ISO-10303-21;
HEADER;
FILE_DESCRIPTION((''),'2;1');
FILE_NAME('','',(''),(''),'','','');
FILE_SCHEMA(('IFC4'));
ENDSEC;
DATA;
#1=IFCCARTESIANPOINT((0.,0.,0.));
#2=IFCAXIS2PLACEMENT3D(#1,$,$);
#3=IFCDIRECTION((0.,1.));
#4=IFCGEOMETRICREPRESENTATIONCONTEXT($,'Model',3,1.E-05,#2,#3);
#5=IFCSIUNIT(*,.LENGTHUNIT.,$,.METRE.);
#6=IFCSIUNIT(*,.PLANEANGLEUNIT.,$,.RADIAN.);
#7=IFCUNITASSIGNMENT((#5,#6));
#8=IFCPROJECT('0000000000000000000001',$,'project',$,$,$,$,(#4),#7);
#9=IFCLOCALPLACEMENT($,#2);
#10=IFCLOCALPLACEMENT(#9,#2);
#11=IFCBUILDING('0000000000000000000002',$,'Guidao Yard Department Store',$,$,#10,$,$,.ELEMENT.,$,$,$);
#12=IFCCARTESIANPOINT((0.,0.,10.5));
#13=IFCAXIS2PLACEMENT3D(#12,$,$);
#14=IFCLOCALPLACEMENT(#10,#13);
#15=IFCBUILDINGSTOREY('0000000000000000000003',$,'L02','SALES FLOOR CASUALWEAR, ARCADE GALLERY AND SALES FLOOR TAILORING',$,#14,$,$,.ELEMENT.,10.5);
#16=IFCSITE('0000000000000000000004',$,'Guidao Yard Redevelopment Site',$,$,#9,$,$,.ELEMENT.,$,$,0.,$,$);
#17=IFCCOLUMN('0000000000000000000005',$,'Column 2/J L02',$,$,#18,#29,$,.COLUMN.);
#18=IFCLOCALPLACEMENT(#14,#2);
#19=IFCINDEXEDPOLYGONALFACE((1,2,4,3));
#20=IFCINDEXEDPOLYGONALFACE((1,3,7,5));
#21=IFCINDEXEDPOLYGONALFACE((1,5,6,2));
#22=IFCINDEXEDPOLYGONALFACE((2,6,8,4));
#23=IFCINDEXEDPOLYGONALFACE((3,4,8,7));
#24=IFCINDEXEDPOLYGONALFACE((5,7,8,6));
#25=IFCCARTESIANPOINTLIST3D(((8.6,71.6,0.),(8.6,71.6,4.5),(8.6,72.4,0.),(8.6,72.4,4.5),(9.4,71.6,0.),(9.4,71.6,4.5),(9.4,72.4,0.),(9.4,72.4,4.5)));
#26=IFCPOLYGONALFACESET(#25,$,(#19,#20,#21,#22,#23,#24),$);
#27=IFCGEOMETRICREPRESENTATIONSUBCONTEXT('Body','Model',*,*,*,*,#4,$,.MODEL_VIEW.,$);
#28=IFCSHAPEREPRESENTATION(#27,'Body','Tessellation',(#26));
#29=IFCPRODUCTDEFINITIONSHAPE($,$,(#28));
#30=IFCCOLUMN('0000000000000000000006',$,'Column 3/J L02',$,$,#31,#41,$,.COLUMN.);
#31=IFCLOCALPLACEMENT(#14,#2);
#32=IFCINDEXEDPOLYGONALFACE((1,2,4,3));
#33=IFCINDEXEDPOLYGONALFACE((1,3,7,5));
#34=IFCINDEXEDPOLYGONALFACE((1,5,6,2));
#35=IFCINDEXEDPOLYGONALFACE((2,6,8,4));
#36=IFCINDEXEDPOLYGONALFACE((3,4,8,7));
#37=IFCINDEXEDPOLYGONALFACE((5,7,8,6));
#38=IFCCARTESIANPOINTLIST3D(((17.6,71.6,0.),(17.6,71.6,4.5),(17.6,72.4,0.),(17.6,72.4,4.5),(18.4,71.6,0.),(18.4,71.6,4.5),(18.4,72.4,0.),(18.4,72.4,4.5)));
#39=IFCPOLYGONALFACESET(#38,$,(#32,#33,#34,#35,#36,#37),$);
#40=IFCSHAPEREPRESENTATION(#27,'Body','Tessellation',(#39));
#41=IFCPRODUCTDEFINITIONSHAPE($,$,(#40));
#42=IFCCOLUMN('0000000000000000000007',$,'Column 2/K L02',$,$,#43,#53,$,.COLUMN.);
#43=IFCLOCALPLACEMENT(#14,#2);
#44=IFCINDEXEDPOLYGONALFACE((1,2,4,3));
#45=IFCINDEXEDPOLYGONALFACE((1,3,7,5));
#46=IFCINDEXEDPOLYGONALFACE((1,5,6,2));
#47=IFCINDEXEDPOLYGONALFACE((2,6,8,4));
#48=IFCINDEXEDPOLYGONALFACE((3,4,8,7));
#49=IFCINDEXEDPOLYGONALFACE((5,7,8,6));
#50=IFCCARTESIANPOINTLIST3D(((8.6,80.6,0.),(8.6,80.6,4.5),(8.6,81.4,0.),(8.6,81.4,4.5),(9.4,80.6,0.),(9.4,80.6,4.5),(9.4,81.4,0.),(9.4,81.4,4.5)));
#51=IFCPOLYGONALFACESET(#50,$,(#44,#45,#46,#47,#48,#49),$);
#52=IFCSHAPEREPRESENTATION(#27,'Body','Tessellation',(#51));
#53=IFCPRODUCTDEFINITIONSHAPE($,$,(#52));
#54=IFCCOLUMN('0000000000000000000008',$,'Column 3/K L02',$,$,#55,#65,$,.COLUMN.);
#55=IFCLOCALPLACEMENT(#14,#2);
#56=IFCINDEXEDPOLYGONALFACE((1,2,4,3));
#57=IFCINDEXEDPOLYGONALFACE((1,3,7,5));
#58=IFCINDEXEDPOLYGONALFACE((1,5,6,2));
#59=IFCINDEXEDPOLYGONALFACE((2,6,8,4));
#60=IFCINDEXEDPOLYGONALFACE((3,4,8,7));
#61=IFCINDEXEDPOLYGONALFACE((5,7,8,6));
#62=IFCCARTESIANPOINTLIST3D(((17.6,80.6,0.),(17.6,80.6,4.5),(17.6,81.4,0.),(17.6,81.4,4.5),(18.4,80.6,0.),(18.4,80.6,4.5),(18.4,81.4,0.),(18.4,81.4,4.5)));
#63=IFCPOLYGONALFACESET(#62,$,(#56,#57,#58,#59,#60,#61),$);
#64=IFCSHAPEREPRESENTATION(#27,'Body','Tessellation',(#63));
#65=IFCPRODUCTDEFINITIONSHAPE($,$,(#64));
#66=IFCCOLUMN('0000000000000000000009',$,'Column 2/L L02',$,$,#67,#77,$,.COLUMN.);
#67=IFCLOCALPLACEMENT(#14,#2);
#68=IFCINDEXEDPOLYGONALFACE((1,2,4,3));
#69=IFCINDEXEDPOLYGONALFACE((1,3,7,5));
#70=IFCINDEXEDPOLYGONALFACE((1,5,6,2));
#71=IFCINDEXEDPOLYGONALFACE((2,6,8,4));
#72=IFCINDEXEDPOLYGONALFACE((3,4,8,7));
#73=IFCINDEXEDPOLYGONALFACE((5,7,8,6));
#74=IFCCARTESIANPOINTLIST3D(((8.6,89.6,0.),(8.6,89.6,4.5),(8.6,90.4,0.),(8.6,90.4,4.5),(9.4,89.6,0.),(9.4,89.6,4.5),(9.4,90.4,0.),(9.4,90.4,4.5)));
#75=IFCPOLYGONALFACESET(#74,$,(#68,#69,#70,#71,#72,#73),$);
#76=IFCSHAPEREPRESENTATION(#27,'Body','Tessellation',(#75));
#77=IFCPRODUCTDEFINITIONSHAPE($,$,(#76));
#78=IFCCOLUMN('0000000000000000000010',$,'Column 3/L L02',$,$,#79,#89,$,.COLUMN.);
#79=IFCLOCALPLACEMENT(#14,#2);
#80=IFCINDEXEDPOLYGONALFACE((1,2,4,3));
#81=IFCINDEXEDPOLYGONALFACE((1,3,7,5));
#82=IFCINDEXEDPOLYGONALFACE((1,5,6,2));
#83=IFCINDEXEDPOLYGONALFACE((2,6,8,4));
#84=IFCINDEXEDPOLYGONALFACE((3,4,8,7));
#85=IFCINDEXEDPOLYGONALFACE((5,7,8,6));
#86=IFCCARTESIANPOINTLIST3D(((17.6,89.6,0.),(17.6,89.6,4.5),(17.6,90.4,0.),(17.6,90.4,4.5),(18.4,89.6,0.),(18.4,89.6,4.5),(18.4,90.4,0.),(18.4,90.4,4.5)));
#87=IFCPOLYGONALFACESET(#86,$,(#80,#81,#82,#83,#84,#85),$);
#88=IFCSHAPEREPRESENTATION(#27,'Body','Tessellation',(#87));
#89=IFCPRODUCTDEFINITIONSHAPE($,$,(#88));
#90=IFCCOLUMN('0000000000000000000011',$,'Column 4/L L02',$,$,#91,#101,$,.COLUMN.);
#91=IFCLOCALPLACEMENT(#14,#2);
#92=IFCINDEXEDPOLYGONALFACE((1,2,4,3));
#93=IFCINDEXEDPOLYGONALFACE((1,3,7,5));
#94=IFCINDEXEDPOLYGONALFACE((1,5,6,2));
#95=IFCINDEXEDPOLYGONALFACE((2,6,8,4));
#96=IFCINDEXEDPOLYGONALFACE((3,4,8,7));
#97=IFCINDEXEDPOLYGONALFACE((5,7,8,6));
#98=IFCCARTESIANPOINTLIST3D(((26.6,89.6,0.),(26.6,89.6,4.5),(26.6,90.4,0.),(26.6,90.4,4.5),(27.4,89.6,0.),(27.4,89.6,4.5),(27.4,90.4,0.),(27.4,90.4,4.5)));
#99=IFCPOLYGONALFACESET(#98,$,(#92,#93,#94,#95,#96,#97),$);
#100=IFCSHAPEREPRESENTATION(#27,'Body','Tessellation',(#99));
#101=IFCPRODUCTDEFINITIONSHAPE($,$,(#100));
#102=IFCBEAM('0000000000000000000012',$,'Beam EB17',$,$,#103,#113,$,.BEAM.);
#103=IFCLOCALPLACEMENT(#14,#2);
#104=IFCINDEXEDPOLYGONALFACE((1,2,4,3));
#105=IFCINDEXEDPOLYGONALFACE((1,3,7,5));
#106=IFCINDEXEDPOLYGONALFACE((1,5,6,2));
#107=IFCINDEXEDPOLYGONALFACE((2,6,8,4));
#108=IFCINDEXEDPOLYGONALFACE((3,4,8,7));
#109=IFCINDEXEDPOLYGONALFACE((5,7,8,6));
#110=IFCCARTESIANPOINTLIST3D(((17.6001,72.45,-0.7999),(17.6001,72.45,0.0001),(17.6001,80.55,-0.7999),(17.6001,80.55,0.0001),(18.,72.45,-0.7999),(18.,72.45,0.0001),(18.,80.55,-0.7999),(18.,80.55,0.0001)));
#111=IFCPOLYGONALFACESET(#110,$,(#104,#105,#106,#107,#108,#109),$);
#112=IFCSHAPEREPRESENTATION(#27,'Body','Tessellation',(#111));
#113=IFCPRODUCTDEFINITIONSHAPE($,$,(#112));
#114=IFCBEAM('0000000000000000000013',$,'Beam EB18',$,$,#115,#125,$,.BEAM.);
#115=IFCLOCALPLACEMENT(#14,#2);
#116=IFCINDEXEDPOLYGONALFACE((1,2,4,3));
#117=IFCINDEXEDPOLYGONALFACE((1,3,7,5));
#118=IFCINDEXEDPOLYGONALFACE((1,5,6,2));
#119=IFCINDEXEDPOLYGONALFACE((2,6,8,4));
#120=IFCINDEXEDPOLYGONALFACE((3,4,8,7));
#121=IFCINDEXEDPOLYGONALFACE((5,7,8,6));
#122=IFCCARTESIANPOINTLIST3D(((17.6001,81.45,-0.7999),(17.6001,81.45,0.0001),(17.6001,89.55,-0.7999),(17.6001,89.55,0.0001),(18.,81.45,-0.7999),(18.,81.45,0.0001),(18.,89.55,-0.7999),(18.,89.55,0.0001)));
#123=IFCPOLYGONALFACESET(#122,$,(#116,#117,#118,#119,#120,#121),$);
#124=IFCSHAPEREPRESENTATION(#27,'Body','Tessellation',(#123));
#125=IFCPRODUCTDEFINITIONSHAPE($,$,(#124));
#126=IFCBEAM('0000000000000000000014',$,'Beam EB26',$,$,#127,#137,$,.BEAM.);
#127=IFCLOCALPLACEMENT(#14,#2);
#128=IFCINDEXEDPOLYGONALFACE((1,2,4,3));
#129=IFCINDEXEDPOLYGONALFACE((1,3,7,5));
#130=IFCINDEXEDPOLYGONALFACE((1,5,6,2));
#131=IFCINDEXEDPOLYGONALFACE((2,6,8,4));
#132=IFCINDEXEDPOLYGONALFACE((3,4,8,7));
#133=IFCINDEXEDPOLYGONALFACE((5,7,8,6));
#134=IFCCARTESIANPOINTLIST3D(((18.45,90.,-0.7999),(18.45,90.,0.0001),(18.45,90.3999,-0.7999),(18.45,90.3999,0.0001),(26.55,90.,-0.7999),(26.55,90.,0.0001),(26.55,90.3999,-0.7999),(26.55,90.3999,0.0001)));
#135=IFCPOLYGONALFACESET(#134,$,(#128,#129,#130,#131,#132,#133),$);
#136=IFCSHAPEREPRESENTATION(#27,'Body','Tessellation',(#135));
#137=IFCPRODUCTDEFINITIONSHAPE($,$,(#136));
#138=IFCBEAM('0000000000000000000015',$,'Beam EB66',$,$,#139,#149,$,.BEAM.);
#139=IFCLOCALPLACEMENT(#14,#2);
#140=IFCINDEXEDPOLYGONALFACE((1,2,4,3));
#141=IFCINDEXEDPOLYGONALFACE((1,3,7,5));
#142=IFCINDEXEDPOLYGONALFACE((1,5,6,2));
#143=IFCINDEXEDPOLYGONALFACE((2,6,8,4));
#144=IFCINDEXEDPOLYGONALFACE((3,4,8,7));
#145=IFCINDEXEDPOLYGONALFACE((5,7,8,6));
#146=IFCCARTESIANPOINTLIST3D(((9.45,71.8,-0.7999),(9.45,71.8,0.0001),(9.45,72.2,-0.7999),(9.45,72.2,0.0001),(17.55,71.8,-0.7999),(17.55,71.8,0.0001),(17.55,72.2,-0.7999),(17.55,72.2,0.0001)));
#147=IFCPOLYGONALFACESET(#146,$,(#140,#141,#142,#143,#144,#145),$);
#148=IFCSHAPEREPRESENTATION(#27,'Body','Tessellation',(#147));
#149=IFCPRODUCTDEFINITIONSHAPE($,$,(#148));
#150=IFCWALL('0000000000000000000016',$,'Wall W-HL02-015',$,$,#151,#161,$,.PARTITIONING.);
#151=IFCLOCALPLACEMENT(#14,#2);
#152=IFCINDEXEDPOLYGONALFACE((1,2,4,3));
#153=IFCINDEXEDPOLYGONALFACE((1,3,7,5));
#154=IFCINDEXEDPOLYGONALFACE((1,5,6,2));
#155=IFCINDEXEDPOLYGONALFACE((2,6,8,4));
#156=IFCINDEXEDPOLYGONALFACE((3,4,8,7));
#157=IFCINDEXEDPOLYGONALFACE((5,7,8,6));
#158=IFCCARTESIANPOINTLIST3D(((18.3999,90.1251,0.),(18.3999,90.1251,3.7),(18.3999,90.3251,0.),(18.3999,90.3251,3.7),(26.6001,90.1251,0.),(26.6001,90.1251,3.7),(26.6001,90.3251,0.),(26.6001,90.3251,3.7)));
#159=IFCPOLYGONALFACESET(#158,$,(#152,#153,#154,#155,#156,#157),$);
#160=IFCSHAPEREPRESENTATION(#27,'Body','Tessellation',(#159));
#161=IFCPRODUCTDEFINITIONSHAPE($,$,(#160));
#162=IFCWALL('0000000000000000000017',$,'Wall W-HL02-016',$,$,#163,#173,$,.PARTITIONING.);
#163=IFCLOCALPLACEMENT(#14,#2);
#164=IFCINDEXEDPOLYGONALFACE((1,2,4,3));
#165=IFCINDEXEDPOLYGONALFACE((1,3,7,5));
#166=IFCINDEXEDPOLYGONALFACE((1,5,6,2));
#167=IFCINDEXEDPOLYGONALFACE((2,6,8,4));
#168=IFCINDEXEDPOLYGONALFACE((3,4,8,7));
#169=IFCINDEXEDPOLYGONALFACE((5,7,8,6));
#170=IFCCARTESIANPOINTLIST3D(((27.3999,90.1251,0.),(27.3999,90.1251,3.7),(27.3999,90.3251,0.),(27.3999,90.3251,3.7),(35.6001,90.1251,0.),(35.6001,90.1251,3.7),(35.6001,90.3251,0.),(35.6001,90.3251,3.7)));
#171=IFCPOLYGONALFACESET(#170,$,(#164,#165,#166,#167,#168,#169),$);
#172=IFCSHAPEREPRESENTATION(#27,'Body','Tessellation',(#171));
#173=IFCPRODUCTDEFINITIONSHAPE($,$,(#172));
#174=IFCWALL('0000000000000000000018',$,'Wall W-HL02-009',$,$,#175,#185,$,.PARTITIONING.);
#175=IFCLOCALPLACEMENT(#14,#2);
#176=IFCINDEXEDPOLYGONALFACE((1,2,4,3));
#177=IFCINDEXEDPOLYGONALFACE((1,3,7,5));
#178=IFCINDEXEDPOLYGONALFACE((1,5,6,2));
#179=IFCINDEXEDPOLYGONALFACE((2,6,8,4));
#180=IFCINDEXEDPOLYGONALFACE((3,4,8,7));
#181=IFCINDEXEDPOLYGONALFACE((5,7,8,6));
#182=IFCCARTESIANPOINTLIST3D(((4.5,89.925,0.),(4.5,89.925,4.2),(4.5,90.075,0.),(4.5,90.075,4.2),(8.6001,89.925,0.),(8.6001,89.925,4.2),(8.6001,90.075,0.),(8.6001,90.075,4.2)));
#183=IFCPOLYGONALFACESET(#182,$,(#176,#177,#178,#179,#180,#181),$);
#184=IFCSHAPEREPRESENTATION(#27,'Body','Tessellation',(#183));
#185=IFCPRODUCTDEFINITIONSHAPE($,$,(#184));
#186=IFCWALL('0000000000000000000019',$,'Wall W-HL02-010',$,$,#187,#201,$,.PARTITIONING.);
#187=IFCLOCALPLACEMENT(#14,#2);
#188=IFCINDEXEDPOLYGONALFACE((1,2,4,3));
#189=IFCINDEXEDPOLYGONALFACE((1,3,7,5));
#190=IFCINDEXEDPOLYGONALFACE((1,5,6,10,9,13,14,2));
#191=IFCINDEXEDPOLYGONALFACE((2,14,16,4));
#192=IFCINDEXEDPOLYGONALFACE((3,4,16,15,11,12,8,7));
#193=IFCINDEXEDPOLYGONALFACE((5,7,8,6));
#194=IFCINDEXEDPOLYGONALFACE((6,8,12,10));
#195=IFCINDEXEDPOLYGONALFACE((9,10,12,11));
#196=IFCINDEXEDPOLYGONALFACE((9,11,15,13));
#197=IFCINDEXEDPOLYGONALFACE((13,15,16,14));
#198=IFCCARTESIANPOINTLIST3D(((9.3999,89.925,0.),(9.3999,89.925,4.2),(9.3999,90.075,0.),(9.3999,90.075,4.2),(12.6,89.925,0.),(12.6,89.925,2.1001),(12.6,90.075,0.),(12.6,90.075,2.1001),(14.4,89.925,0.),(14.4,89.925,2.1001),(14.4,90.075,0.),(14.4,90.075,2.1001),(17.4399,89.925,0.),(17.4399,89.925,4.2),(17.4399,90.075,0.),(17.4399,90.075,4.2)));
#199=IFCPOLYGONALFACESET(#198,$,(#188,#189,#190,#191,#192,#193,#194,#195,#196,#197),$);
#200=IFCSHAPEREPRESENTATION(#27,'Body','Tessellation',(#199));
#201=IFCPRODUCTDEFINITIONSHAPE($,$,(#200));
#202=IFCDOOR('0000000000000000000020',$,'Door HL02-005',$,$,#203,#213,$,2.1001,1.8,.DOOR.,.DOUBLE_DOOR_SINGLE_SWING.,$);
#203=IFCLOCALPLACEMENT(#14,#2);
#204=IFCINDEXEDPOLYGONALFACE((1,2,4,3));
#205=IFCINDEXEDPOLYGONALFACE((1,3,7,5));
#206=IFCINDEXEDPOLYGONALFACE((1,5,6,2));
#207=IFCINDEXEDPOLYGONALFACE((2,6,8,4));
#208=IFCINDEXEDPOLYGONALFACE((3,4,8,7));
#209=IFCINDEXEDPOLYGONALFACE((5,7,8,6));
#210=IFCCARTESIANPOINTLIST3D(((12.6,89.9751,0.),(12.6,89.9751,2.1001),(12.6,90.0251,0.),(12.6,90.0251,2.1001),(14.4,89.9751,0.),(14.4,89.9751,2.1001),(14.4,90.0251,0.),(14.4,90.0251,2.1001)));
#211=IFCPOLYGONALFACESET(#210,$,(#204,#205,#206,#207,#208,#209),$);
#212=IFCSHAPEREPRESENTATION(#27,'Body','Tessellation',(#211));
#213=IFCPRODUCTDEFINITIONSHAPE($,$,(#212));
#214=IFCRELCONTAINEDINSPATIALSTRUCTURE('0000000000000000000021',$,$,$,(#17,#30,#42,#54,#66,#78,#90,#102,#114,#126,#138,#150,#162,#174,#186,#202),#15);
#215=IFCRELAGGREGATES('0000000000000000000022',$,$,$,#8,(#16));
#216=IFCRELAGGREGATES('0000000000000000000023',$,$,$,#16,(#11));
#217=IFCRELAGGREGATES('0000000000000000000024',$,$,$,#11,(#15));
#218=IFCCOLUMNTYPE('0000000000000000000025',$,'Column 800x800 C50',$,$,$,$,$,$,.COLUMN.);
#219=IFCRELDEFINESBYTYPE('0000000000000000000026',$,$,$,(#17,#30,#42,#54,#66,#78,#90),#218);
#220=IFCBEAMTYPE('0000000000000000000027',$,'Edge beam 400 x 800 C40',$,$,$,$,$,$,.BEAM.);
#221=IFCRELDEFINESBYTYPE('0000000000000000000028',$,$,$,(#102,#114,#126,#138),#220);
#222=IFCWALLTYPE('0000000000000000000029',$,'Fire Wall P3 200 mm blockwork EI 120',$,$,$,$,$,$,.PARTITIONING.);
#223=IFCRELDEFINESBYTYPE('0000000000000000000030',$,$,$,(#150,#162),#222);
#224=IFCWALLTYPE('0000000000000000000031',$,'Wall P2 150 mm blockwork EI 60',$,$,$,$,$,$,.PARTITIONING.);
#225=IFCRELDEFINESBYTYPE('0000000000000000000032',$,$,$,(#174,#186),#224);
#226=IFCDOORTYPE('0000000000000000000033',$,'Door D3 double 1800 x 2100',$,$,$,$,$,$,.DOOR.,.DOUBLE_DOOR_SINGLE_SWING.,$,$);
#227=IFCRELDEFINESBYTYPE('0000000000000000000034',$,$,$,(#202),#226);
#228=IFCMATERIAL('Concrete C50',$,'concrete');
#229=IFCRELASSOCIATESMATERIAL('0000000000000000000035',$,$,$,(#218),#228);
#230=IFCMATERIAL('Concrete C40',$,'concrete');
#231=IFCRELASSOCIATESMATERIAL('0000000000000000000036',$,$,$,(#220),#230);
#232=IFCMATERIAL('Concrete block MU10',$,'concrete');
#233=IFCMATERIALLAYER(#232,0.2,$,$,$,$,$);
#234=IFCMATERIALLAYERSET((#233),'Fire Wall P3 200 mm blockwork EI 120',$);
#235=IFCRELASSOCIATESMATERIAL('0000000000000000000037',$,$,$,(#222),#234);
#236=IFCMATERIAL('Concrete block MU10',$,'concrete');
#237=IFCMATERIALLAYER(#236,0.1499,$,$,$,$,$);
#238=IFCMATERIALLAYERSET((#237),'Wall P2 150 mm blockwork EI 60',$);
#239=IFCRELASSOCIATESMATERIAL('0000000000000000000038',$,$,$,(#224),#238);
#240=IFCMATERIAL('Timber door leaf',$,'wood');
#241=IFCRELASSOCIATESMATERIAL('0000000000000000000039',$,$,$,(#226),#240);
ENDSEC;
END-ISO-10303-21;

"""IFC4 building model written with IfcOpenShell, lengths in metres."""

from ifc_helpers import new_model, si_unit, direction, frame, frame_2d, origin, origin_2d, place, context, subcontext, project, spatial, rectangle, extrude, material, layer, layer_set, material_profile, profile_set, type_object, element, fill, save


model = new_model("IFC4")

# Units and contexts
model_context = context("Model", 3, precision=1e-05, world=origin(), true_north=direction((0.0, 1.0)))
body_context = subcontext(model_context, "Body", "Model", "MODEL_VIEW")
ifc_project = project(units=[si_unit("LENGTHUNIT", "METRE"), si_unit("PLANEANGLEUNIT", "RADIAN")], contexts=[model_context])

# Site, building, storey
site_placement = place(None, origin())
site = spatial("IfcSite", under=ifc_project, at=site_placement, Name="Guidao Yard Redevelopment Site", CompositionType="ELEMENT", RefElevation=0.0)
building_placement = place(site_placement, origin())
building = spatial("IfcBuilding", under=site, at=building_placement, Name="Guidao Yard Department Store", CompositionType="ELEMENT")
storey_placement = place(building_placement, frame((0.0, 0.0, 10.5)))
storey = spatial("IfcBuildingStorey", under=building, at=storey_placement, Name="L02", Description="SALES FLOOR CASUALWEAR, ARCADE GALLERY AND SALES FLOOR TAILORING", CompositionType="ELEMENT", Elevation=10.5)

# Columns
ifc_material_1 = material(Name="Concrete C50", Category="concrete")
ifc_material_profile_1 = material_profile(ifc_material_1, rectangle(XDim=0.8, YDim=0.8, at=origin_2d()), Name="COL 800x800")
ifc_profile_set_1 = profile_set([ifc_material_profile_1], Name="Concrete C50")
column_type = type_object("IfcColumnType", Name="Column 800x800 C50", PredefinedType="COLUMN", material=ifc_profile_set_1)
for number, where, z_axis, x_axis, name in (
    (1, (9.0, 72.0, 0.0), (0.0, 0.0, 1.0), (1.0, 0.0, 0.0), "Column 2/J L02"),
    (2, (18.0, 72.0, 0.0), (0.0, 0.0, 1.0), (1.0, 0.0, 0.0), "Column 3/J L02"),
    (3, (9.0, 81.0, 0.0), (0.0, 0.0, 1.0), (1.0, 0.0, 0.0), "Column 2/K L02"),
    (4, (18.0, 81.0, 0.0), (0.0, 0.0, 1.0), (1.0, 0.0, 0.0), "Column 3/K L02"),
    (5, (9.0, 90.0, 0.0), (0.0, 0.0, 1.0), (1.0, 0.0, 0.0), "Column 2/L L02"),
    (6, (18.0, 90.0, 0.0), (0.0, 0.0, 1.0), (1.0, 0.0, 0.0), "Column 3/L L02"),
    (7, (27.0, 90.0, 0.0), (0.0, 0.0, 1.0), (1.0, 0.0, 0.0), "Column 4/L L02"),
):
    element("IfcColumn", number, at=place(storey_placement, frame(where, z_axis=z_axis, x_axis=x_axis)), inside=storey, type_object=column_type, Name=name, PredefinedType="COLUMN", context=body_context, shape_type="SweptSolid", body=[
        extrude(rectangle(XDim=0.8, YDim=0.8, at=origin_2d()), origin(), (0.0, 0.0, 1.0), 4.5),
    ])

# Beams
ifc_material_2 = material(Name="Concrete C40", Category="concrete")
ifc_material_profile_2 = material_profile(ifc_material_2, rectangle(XDim=0.3999, YDim=0.8, at=origin_2d()), Name="Edge beam 400 x 800 C40")
ifc_profile_set_2 = profile_set([ifc_material_profile_2], Name="Concrete C40")
beam_type = type_object("IfcBeamType", Name="Edge beam 400 x 800 C40", PredefinedType="BEAM", material=ifc_profile_set_2)
for number, where, z_axis, x_axis, name in (
    (8, (17.8, 72.45, -0.3999), (0.0, 1.0, 0.0), (-1.0, 0.0, 0.0), "Beam EB17"),
    (9, (17.8, 81.45, -0.3999), (0.0, 1.0, 0.0), (-1.0, 0.0, 0.0), "Beam EB18"),
    (10, (18.45, 90.2, -0.3999), (1.0, 0.0, 0.0), (0.0, 1.0, 0.0), "Beam EB26"),
    (11, (9.45, 72.0, -0.3999), (1.0, 0.0, 0.0), (0.0, 1.0, 0.0), "Beam EB66"),
):
    element("IfcBeam", number, at=place(storey_placement, frame(where, z_axis=z_axis, x_axis=x_axis)), inside=storey, type_object=beam_type, Name=name, PredefinedType="BEAM", context=body_context, shape_type="SweptSolid", body=[
        extrude(rectangle(XDim=0.3999, YDim=0.8, at=origin_2d()), origin(), (0.0, 0.0, 1.0), 8.1001),
    ])

# Walls
ifc_material_3 = material(Name="Concrete block MU10", Category="concrete")
ifc_layer_1 = layer(ifc_material_3, 0.2)
ifc_layer_set_1 = layer_set([ifc_layer_1], Name="Fire Wall P3 200 mm blockwork EI 120")
wall_type_1 = type_object("IfcWallType", Name="Fire Wall P3 200 mm blockwork EI 120", PredefinedType="PARTITIONING", material=ifc_layer_set_1)
for number, where, z_axis, x_axis, name in (
    (12, (18.3999, 90.2251, 0.0), (0.0, 0.0, 1.0), (1.0, 0.0, 0.0), "Wall W-HL02-015"),
    (13, (27.3999, 90.2251, 0.0), (0.0, 0.0, 1.0), (1.0, 0.0, 0.0), "Wall W-HL02-016"),
):
    element("IfcWall", number, at=place(storey_placement, frame(where, z_axis=z_axis, x_axis=x_axis)), inside=storey, type_object=wall_type_1, Name=name, PredefinedType="PARTITIONING", context=body_context, shape_type="SweptSolid", body=[
        extrude(rectangle(XDim=8.2002, YDim=0.2, at=frame_2d((4.1001, 0.0))), origin(), (0.0, 0.0, 1.0), 3.7),
    ])
ifc_material_4 = material(Name="Concrete block MU10", Category="concrete")
ifc_layer_2 = layer(ifc_material_4, 0.1499)
ifc_layer_set_2 = layer_set([ifc_layer_2], Name="Wall P2 150 mm blockwork EI 60")
wall_type_2 = type_object("IfcWallType", Name="Wall P2 150 mm blockwork EI 60", PredefinedType="PARTITIONING", material=ifc_layer_set_2)
wall_1_placement = place(storey_placement, frame((4.5, 90.0, 0.0), z_axis=(0.0, 0.0, 1.0), x_axis=(1.0, 0.0, 0.0)))
element("IfcWall", 14, at=wall_1_placement, inside=storey, type_object=wall_type_2, Name="Wall W-HL02-009", PredefinedType="PARTITIONING", context=body_context, shape_type="SweptSolid", body=[
    extrude(rectangle(XDim=4.1001, YDim=0.1499, at=frame_2d((2.05, 0.0))), origin(), (0.0, 0.0, 1.0), 4.2),
])

# Wall, opening, door
wall_2_placement = place(storey_placement, frame((9.3999, 90.0, 0.0), z_axis=(0.0, 0.0, 1.0), x_axis=(1.0, 0.0, 0.0)))
wall_2 = element("IfcWall", 15, at=wall_2_placement, inside=storey, type_object=wall_type_2, Name="Wall W-HL02-010", PredefinedType="PARTITIONING", context=body_context, shape_type="SweptSolid", body=[
    extrude(rectangle(XDim=8.04, YDim=0.1499, at=frame_2d((4.02, 0.0))), origin(), (0.0, 0.0, 1.0), 4.2),
])
opening_placement = place(wall_2_placement, frame((5.0, 0.0, 0.0), z_axis=(0.0, 0.0, 1.0), x_axis=(-1.0, 0.0, 0.0)))
opening = element("IfcOpeningElement", 16, at=opening_placement, cuts=wall_2, PredefinedType="OPENING", context=body_context, shape_type="SweptSolid", body=[
    extrude(rectangle(XDim=1.8, YDim=2.1001, at=frame_2d((0.8999, 1.05))), frame((0.0, 0.085, 0.0), z_axis=(0.0, -1.0, 0.0), x_axis=(1.0, 0.0, 0.0)), (0.0, 0.0, 1.0), 0.1699),
])
ifc_material_5 = material(Name="Timber door leaf", Category="wood")
door_type = type_object("IfcDoorType", Name="Door D3 double 1800 x 2100", OperationType="DOUBLE_DOOR_SINGLE_SWING", PredefinedType="DOOR", material=ifc_material_5)
door_placement = place(opening_placement, origin())
door = element("IfcDoor", 17, at=door_placement, inside=storey, type_object=door_type, Name="Door HL02-005", OperationType="DOUBLE_DOOR_SINGLE_SWING", OverallHeight=2.1001, OverallWidth=1.8, PredefinedType="DOOR", context=body_context, shape_type="SweptSolid", body=[
    extrude(rectangle(XDim=1.8, YDim=2.1001, at=frame_2d((0.8999, 1.05))), frame((0.0, 0.0249, 0.0), z_axis=(0.0, -1.0, 0.0), x_axis=(1.0, 0.0, 0.0)), (0.0, 0.0, 1.0), 0.05),
])
fill(opening, door)

save(model, "model.ifc")
